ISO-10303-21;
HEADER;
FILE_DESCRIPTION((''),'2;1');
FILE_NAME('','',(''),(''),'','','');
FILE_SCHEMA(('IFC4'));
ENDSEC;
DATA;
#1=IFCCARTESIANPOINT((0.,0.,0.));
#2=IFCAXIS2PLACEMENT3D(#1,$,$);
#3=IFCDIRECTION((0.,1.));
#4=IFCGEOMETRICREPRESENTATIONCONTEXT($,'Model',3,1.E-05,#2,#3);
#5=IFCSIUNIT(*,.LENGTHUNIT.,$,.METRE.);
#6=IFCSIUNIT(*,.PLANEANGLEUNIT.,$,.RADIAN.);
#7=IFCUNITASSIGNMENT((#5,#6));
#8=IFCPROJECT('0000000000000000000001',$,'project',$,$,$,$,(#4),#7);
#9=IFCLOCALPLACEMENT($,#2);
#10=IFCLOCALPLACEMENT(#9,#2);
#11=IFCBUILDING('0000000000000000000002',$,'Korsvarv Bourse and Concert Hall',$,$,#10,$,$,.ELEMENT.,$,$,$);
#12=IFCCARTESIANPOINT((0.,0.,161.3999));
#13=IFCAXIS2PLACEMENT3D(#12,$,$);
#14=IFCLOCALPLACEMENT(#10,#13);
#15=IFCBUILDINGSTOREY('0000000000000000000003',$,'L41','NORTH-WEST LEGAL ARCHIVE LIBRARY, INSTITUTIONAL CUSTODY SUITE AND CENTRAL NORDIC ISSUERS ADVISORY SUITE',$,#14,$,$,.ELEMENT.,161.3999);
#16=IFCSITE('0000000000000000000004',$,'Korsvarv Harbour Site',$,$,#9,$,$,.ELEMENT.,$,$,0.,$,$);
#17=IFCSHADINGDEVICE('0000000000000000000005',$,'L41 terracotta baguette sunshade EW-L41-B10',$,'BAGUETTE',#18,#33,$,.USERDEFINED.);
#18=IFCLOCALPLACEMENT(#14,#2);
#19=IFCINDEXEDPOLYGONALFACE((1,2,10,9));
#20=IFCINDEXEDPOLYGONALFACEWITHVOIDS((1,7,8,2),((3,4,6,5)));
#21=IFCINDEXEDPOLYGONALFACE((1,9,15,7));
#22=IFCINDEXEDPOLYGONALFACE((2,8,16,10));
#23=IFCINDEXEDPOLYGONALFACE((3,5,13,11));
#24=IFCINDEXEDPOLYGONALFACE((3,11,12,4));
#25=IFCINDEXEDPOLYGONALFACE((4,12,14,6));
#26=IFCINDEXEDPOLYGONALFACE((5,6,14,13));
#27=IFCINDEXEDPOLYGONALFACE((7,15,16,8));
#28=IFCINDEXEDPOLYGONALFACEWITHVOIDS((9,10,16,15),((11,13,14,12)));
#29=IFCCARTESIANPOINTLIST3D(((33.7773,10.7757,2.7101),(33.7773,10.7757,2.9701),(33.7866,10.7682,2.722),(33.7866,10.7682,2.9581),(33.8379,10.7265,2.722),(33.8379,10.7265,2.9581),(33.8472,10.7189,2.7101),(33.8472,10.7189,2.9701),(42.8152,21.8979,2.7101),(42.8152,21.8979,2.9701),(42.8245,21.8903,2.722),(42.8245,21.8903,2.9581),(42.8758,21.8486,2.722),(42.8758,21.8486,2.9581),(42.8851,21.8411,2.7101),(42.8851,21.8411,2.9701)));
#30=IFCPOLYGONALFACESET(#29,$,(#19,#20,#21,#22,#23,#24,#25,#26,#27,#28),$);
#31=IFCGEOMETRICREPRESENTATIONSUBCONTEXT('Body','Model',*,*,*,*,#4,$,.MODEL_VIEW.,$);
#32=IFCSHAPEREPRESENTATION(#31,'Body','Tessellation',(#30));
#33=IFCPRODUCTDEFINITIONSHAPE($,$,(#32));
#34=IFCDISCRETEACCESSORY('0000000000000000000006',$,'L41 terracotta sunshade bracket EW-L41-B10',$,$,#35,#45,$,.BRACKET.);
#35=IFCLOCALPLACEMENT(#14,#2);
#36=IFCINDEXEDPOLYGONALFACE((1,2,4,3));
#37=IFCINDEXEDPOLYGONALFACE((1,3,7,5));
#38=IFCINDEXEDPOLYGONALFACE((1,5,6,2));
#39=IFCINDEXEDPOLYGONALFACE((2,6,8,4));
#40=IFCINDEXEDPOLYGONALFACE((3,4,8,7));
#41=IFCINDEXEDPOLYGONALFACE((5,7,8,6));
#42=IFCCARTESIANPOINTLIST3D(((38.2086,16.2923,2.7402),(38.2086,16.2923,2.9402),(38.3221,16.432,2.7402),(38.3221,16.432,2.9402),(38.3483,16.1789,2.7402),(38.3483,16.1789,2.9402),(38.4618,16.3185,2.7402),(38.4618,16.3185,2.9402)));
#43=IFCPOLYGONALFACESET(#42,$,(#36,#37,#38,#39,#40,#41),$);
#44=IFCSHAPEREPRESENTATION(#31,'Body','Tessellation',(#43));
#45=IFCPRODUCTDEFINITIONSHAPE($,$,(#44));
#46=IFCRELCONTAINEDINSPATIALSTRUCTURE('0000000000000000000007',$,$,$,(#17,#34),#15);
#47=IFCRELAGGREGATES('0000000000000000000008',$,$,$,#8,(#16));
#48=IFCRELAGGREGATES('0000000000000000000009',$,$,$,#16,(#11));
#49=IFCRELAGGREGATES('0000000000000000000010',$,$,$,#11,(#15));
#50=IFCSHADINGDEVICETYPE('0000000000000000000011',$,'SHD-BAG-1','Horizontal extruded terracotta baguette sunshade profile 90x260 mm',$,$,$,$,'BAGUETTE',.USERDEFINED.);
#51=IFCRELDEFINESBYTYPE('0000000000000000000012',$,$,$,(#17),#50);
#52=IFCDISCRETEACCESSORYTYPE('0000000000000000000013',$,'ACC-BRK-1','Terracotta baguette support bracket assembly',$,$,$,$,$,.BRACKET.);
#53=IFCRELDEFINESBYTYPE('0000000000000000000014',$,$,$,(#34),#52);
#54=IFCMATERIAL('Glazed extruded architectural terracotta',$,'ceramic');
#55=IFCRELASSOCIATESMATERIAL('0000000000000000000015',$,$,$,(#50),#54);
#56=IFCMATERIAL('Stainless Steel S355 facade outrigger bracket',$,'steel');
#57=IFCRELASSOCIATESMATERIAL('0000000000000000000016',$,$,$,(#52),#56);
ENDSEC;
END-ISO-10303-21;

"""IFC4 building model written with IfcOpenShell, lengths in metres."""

from ifc_helpers import new_model, si_unit, direction, frame, origin, origin_2d, place, context, subcontext, project, spatial, rectangle, hollow_rectangle, extrude, source, transform, mapped, material, material_profile, profile_set, type_object, element, save


model = new_model("IFC4")

# Units and contexts
model_context = context("Model", 3, precision=1e-05, world=origin(), true_north=direction((0.0, 1.0)))
body_context = subcontext(model_context, "Body", "Model", "MODEL_VIEW")
ifc_project = project(units=[si_unit("LENGTHUNIT", "METRE"), si_unit("PLANEANGLEUNIT", "RADIAN")], contexts=[model_context])

# Site, building, storey
site_placement = place(None, origin())
site = spatial("IfcSite", under=ifc_project, at=site_placement, Name="Korsvarv Harbour Site", CompositionType="ELEMENT", RefElevation=0.0)
building_placement = place(site_placement, origin())
building = spatial("IfcBuilding", under=site, at=building_placement, Name="Korsvarv Bourse and Concert Hall", CompositionType="ELEMENT")
storey_placement = place(building_placement, frame((0.0, 0.0, 161.3999)))
storey = spatial("IfcBuildingStorey", under=building, at=storey_placement, Name="L41", Description="NORTH-WEST LEGAL ARCHIVE LIBRARY, INSTITUTIONAL CUSTODY SUITE AND CENTRAL NORDIC ISSUERS ADVISORY SUITE", CompositionType="ELEMENT", Elevation=161.3999)

# Shading device
ifc_material_1 = material(Name="Glazed extruded architectural terracotta", Category="ceramic")
ifc_material_profile_1 = material_profile(ifc_material_1, hollow_rectangle(XDim=0.0901, YDim=0.26, WallThickness=0.012, at=origin_2d()), Name="TC-BAG 90x260")
ifc_profile_set_1 = profile_set([ifc_material_profile_1], Name="Glazed extruded architectural terracotta")
shading_device_type = type_object("IfcShadingDeviceType", Name="SHD-BAG-1", Description="Horizontal extruded terracotta baguette sunshade profile 90x260 mm", ElementType="BAGUETTE", PredefinedType="USERDEFINED", material=ifc_profile_set_1)
shared_shape_1 = source(origin(), body_context, "Body", "SweptSolid", [
    extrude(hollow_rectangle(XDim=0.0901, YDim=0.26, WallThickness=0.012, at=origin_2d()), origin(), (0.0, 0.0, 1.0), 14.3313),
])
shading_device_placement = place(storey_placement, frame((33.8123, 10.7473, 2.8401), z_axis=(0.630641, 0.776074, 0.0), x_axis=(-0.776074, 0.630641, 0.0)))
element("IfcShadingDevice", 1, at=shading_device_placement, inside=storey, type_object=shading_device_type, Name="L41 terracotta baguette sunshade EW-L41-B10", ObjectType="BAGUETTE", PredefinedType="USERDEFINED", context=body_context, shape_type="MappedRepresentation", body=[
    mapped(shared_shape_1, transform((0.0, 0.0, 0.0), scale=1.0)),
])

# Discrete accessory
ifc_material_2 = material(Name="Stainless Steel S355 facade outrigger bracket", Category="steel")
discrete_accessory_type = type_object("IfcDiscreteAccessoryType", Name="ACC-BRK-1", Description="Terracotta baguette support bracket assembly", PredefinedType="BRACKET", material=ifc_material_2)
shared_shape_2 = source(origin(), body_context, "Body", "SweptSolid", [
    extrude(rectangle(XDim=0.1799, YDim=0.1799, at=origin_2d()), origin(), (0.0, 0.0, 1.0), 0.2),
])
discrete_accessory_placement = place(storey_placement, frame((38.3352, 16.3054, 2.7402), z_axis=(0.0, 0.0, 1.0), x_axis=(0.630676, 0.776046, 0.0)))
element("IfcDiscreteAccessory", 2, at=discrete_accessory_placement, inside=storey, type_object=discrete_accessory_type, Name="L41 terracotta sunshade bracket EW-L41-B10", PredefinedType="BRACKET", context=body_context, shape_type="MappedRepresentation", body=[
    mapped(shared_shape_2, transform((0.0, 0.0, 0.0), scale=1.0)),
])

save(model, "model.ifc")
